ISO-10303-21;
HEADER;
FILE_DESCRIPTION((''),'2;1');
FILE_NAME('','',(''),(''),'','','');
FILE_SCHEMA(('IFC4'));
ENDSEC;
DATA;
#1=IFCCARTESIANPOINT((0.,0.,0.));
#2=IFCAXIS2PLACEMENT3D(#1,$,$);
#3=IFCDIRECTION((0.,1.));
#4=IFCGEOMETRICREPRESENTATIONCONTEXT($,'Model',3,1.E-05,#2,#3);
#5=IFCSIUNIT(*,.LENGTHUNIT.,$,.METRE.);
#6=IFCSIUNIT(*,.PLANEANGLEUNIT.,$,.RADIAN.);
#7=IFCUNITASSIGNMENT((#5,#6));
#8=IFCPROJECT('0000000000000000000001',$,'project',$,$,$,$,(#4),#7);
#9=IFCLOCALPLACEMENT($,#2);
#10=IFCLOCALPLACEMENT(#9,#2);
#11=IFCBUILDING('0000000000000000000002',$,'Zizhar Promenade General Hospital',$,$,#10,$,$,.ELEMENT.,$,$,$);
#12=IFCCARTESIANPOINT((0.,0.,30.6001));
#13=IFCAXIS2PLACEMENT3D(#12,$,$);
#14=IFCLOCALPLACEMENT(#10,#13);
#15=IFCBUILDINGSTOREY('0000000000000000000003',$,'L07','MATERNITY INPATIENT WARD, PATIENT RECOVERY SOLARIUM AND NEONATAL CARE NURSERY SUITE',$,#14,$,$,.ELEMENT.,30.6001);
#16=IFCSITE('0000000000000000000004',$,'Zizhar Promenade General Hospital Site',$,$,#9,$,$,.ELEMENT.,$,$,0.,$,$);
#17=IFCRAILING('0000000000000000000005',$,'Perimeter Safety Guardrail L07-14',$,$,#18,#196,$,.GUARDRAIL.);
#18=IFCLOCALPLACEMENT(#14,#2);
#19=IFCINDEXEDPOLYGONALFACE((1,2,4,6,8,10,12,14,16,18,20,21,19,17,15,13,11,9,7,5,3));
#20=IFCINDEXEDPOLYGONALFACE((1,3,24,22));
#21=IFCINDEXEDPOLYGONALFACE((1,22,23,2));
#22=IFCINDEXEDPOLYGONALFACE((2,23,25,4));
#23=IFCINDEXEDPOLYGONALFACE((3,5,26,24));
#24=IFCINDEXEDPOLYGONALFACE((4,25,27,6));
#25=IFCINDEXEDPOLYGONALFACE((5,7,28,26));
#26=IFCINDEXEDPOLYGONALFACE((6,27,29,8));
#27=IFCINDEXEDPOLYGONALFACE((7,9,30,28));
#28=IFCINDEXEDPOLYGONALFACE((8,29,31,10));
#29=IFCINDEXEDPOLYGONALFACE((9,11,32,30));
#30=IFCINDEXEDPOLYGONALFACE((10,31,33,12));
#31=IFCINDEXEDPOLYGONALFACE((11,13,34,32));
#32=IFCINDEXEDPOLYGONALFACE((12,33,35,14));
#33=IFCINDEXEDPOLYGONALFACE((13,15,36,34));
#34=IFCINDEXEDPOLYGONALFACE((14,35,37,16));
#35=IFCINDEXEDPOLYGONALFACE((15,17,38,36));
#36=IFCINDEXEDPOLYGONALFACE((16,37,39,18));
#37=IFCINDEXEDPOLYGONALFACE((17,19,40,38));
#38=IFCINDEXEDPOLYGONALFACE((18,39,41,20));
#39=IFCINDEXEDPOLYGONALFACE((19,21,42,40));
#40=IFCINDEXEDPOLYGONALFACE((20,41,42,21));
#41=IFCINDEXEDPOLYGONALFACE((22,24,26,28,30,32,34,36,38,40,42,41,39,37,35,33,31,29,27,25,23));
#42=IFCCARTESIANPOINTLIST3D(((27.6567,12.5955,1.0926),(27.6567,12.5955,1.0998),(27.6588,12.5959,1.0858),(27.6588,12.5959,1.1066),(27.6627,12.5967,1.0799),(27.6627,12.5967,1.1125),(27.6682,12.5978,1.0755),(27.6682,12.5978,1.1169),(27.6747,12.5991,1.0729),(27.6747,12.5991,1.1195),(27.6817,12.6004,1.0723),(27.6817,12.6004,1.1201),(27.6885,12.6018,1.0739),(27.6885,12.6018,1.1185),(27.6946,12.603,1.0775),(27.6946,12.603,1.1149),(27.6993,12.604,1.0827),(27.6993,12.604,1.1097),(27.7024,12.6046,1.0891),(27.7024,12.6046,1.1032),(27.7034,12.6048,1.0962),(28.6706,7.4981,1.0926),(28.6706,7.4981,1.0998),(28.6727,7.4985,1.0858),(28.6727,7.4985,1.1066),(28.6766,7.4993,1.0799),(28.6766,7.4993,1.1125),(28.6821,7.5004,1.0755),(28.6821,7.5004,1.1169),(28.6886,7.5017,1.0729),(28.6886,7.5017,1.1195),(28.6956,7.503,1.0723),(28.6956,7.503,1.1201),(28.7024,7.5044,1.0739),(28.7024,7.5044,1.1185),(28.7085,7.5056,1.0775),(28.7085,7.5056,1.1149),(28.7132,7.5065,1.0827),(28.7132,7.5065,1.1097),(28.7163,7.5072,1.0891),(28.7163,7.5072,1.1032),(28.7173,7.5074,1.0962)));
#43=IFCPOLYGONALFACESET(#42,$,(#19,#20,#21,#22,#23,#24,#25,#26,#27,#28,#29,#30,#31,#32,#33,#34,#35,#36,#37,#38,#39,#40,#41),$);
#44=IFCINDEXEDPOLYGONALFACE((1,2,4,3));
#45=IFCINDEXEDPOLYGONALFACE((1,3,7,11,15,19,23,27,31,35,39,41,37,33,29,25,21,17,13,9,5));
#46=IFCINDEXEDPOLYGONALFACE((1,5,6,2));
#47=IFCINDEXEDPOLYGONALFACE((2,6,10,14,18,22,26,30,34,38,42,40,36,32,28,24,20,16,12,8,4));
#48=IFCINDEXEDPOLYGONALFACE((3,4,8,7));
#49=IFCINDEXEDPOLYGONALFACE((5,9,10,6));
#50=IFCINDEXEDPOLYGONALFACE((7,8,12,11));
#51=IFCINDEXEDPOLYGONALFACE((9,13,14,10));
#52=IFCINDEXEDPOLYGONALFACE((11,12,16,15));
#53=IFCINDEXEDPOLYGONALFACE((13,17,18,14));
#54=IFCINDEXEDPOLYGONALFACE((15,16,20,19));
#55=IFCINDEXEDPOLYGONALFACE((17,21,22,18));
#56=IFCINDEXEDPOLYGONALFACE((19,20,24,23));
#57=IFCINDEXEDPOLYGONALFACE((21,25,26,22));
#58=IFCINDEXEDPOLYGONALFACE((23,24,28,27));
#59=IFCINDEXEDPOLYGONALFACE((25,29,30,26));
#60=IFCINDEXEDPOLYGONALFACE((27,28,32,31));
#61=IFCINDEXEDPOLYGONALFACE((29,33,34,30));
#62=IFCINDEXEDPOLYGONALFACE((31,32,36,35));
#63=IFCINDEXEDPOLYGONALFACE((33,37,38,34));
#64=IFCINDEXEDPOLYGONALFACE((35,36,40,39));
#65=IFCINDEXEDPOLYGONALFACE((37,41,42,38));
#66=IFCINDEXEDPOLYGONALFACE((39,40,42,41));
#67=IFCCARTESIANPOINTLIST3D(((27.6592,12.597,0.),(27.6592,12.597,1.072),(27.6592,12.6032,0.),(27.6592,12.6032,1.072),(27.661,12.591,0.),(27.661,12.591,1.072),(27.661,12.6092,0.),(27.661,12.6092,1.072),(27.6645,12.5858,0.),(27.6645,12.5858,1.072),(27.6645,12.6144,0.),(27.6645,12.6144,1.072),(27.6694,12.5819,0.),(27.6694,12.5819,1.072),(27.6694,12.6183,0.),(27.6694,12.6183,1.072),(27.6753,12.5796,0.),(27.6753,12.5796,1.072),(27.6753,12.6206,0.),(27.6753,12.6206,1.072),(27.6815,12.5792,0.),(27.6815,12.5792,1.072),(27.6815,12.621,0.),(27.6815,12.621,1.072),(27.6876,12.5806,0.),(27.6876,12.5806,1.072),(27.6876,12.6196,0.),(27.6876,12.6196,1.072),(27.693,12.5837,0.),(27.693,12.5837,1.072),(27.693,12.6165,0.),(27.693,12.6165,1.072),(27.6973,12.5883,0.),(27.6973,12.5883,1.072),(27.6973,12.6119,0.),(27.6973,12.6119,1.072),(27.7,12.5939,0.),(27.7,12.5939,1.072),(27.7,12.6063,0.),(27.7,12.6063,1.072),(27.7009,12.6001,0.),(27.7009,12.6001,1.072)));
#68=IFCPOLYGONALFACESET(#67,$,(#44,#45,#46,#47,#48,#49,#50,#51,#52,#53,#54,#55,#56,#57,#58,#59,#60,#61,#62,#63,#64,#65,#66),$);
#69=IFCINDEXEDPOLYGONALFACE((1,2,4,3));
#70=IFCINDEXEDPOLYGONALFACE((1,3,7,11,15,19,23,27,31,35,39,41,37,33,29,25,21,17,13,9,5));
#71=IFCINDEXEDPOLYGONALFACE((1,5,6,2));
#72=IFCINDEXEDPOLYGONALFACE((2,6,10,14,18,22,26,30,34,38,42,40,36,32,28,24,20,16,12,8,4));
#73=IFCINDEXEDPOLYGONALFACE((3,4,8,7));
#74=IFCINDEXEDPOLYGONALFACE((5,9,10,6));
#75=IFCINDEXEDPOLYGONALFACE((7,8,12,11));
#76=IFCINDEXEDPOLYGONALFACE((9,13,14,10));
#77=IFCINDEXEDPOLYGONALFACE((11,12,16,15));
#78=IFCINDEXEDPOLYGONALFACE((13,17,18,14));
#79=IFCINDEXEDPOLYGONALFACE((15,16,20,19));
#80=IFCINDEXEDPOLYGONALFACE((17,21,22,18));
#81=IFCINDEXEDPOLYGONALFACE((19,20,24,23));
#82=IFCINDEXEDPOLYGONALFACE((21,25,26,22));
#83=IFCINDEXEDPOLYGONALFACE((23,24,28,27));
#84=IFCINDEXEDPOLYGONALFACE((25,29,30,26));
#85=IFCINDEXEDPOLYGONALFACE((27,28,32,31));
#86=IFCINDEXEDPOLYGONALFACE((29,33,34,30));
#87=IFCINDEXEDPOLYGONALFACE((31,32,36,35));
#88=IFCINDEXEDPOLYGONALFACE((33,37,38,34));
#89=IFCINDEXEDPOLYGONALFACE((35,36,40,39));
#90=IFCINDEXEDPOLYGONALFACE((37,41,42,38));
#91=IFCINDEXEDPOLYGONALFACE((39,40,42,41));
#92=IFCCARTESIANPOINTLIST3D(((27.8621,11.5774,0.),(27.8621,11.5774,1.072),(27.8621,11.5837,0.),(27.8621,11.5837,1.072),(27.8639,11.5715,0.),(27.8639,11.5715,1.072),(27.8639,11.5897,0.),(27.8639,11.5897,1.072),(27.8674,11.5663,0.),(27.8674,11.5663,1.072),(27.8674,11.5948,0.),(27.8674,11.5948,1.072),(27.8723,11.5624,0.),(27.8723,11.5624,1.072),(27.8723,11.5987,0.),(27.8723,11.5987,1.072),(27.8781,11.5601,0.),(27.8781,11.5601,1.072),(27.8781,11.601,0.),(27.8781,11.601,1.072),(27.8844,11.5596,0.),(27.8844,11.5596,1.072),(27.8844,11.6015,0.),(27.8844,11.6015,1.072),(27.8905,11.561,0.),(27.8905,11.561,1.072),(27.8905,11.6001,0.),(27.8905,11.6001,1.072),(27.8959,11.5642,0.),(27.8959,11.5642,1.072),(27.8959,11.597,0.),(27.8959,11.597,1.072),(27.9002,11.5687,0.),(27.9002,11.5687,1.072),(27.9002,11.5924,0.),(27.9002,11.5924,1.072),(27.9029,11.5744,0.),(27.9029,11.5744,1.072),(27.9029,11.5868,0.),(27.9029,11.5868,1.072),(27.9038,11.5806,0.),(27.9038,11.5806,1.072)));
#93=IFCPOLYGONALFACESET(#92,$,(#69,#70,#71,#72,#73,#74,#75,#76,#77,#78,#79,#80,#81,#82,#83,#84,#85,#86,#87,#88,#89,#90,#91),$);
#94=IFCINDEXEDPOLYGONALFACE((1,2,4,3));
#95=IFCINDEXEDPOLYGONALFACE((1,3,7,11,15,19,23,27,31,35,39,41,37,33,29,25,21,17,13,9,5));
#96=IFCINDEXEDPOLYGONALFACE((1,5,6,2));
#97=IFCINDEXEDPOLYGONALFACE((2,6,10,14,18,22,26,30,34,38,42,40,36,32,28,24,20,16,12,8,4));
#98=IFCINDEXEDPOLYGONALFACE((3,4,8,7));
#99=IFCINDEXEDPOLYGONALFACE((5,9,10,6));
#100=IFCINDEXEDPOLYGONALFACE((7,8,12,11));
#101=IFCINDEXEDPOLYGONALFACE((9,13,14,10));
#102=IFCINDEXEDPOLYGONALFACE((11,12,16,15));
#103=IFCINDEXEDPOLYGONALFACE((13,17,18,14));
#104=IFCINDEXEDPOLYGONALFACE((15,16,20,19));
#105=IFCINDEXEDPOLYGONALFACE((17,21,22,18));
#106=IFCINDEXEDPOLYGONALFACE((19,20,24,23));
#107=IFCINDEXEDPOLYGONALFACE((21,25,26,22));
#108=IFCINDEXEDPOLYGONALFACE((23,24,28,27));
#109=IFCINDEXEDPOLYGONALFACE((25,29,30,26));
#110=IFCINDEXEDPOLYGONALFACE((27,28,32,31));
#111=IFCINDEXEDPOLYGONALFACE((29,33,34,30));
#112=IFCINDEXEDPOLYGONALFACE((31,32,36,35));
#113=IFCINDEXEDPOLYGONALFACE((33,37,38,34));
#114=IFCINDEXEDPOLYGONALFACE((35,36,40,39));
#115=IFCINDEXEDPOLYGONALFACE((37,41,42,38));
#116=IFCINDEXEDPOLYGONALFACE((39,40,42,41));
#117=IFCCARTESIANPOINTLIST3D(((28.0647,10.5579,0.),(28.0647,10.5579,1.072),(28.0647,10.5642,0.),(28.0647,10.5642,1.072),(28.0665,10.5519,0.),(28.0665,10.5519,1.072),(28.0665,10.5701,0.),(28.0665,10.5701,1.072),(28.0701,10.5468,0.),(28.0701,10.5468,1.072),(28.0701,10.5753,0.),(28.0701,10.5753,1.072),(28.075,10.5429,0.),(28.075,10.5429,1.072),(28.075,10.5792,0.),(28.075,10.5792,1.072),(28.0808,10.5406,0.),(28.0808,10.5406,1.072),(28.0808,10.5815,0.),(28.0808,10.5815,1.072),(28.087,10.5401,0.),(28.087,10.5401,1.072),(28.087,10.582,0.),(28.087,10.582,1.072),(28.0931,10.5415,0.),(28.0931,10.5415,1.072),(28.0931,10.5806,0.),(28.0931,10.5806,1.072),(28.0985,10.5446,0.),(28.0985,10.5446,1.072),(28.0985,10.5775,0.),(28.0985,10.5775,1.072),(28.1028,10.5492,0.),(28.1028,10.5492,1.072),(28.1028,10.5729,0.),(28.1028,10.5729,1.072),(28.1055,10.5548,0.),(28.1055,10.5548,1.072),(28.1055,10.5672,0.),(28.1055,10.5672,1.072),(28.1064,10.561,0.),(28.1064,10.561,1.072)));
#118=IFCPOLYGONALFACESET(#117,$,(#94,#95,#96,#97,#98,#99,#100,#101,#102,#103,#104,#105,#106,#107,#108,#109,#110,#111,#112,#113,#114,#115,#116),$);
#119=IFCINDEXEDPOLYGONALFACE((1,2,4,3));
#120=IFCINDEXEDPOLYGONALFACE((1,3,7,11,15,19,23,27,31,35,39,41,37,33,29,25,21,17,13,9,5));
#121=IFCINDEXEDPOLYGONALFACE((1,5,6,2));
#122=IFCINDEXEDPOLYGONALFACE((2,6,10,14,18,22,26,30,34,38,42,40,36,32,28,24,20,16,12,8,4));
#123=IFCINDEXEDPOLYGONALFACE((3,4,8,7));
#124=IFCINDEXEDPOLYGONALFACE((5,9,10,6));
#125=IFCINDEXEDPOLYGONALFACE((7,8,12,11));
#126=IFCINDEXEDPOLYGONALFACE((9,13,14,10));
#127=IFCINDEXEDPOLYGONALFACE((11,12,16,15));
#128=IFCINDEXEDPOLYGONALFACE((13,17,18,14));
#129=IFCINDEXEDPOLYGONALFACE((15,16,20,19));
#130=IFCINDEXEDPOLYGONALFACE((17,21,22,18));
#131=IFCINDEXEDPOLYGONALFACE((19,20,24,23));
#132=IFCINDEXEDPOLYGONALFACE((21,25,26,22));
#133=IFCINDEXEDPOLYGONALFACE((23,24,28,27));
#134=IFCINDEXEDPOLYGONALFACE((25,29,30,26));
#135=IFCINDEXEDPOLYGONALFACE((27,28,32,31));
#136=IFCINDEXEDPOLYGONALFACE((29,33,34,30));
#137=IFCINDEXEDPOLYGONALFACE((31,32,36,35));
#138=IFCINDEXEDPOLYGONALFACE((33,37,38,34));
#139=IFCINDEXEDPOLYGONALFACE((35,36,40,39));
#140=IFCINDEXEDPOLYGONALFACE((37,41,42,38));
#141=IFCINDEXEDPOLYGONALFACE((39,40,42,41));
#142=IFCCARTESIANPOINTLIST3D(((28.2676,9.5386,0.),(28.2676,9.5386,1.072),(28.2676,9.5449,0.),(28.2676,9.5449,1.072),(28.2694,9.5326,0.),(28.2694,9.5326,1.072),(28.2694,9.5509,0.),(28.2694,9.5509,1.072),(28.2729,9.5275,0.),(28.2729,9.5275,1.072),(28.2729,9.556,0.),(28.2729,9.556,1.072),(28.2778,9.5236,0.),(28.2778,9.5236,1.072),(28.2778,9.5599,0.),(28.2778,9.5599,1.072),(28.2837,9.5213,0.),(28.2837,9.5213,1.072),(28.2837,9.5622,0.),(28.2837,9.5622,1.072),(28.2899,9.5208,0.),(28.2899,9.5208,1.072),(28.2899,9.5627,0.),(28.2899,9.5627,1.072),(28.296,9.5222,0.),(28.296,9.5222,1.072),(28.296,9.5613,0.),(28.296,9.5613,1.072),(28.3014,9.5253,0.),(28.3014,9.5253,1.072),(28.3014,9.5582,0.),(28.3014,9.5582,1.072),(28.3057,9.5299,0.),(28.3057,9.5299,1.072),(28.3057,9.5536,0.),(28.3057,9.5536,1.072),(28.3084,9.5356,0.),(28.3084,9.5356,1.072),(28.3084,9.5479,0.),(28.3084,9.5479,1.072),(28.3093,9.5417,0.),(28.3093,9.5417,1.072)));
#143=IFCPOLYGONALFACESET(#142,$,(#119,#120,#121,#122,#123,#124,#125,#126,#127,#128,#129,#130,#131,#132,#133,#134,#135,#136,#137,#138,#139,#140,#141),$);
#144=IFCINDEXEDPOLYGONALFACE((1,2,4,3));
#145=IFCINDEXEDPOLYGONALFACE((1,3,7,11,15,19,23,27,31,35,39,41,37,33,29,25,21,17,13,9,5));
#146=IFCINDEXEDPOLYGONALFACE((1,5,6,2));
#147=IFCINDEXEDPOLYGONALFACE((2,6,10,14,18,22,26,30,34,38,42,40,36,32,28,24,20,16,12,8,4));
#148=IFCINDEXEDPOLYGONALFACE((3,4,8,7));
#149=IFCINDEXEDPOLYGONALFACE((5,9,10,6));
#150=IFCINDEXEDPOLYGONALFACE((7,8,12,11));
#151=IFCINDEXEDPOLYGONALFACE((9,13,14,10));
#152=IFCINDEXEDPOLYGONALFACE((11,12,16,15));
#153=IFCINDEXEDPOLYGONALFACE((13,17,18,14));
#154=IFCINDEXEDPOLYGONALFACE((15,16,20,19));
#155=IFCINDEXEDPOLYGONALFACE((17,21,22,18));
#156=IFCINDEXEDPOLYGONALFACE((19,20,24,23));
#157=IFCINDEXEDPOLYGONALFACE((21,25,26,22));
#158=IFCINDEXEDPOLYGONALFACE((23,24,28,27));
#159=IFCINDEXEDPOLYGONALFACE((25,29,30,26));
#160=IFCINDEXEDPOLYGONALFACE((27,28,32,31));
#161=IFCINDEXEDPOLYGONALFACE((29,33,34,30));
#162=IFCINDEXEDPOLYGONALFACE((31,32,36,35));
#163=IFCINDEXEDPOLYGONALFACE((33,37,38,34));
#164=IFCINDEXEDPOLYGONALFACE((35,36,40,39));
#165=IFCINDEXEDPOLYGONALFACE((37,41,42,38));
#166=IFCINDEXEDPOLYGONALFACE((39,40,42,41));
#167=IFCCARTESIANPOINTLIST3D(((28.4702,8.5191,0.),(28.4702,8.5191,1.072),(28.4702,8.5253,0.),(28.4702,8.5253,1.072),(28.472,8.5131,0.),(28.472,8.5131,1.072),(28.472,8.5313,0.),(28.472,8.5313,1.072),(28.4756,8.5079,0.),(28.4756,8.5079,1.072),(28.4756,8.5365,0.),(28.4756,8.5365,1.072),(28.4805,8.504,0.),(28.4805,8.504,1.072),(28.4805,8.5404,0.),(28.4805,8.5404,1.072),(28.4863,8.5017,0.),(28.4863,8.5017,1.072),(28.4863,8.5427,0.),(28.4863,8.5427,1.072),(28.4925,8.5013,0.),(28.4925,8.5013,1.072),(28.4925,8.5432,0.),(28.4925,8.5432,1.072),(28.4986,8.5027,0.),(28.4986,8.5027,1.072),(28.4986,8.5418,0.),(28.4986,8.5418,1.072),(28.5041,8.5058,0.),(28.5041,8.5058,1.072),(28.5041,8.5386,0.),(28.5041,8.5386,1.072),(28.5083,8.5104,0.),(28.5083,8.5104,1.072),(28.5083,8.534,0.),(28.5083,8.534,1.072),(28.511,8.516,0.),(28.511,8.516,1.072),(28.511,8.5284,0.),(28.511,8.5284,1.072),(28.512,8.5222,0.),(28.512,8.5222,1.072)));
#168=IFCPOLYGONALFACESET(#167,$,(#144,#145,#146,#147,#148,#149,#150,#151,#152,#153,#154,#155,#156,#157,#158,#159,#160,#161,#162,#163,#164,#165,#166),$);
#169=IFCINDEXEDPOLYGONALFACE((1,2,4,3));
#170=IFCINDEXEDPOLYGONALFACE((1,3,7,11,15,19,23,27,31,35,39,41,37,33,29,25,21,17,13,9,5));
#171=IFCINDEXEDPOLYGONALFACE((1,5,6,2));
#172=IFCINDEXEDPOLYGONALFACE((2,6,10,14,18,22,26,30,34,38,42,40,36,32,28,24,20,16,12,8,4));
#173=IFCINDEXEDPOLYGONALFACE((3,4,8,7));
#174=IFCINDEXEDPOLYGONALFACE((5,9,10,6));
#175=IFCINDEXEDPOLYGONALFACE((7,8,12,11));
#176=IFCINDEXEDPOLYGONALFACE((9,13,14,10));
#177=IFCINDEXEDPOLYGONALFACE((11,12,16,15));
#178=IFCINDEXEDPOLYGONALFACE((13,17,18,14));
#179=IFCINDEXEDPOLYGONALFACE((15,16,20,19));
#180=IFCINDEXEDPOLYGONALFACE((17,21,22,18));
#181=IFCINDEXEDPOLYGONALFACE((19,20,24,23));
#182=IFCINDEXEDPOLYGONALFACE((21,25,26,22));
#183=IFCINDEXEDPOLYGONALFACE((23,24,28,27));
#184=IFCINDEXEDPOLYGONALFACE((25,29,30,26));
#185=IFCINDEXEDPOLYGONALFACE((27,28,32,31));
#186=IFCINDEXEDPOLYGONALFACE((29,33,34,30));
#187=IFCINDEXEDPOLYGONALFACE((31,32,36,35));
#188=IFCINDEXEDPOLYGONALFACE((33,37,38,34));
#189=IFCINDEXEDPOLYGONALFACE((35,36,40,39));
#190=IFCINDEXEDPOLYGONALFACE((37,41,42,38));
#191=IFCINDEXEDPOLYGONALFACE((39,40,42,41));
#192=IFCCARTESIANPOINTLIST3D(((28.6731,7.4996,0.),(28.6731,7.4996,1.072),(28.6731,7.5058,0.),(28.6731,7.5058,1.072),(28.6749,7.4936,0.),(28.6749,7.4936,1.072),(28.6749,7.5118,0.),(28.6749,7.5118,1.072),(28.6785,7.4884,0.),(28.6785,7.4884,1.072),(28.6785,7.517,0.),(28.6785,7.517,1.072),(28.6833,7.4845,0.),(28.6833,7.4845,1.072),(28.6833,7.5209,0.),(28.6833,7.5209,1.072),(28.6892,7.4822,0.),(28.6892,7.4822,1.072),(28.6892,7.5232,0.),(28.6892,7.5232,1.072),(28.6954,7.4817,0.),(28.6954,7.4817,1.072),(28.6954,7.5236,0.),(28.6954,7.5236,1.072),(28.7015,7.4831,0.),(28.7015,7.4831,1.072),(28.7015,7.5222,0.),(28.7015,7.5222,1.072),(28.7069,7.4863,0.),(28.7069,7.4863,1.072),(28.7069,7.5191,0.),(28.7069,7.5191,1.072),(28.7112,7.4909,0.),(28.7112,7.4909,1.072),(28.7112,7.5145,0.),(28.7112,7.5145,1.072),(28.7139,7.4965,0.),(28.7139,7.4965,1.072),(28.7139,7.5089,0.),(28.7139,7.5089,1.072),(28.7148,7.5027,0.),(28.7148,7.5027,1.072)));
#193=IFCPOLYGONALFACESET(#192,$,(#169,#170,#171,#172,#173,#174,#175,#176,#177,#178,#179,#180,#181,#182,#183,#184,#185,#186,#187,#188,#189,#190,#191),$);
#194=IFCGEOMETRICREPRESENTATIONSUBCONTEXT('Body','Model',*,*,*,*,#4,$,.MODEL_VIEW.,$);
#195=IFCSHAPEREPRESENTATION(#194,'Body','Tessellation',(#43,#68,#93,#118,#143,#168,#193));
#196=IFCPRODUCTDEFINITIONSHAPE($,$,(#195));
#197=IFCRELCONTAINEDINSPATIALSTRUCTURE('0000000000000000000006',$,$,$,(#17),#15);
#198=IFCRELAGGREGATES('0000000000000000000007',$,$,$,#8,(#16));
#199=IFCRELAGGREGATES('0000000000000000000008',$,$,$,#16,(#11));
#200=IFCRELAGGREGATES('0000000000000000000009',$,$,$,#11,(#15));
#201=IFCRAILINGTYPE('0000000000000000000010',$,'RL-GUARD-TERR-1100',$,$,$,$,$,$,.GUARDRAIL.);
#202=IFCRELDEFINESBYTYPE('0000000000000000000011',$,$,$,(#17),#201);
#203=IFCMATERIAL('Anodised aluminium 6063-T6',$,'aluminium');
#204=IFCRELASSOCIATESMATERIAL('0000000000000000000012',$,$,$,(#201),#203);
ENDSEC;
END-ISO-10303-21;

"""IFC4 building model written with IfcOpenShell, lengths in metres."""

from ifc_helpers import new_model, si_unit, direction, frame, origin, origin_2d, place, context, subcontext, project, spatial, circle, hollow_circle, extrude, material, material_profile, profile_set, type_object, element, save


model = new_model("IFC4")

# Units and contexts
model_context = context("Model", 3, precision=1e-05, world=origin(), true_north=direction((0.0, 1.0)))
body_context = subcontext(model_context, "Body", "Model", "MODEL_VIEW")
ifc_project = project(units=[si_unit("LENGTHUNIT", "METRE"), si_unit("PLANEANGLEUNIT", "RADIAN")], contexts=[model_context])

# Site, building, storey
site_placement = place(None, origin())
site = spatial("IfcSite", under=ifc_project, at=site_placement, Name="Zizhar Promenade General Hospital Site", CompositionType="ELEMENT", RefElevation=0.0)
building_placement = place(site_placement, origin())
building = spatial("IfcBuilding", under=site, at=building_placement, Name="Zizhar Promenade General Hospital", CompositionType="ELEMENT")
storey_placement = place(building_placement, frame((0.0, 0.0, 30.6001)))
storey = spatial("IfcBuildingStorey", under=building, at=storey_placement, Name="L07", Description="MATERNITY INPATIENT WARD, PATIENT RECOVERY SOLARIUM AND NEONATAL CARE NURSERY SUITE", CompositionType="ELEMENT", Elevation=30.6001)

# Railing
ifc_material_1 = material(Name="Anodised aluminium 6063-T6", Category="aluminium")
ifc_material_profile_1 = material_profile(ifc_material_1, hollow_circle(Radius=0.0698, WallThickness=0.0063, at=origin_2d()))
ifc_profile_set_1 = profile_set([ifc_material_profile_1], Name="Anodised aluminium 6063-T6")
railing_type = type_object("IfcRailingType", Name="RL-GUARD-TERR-1100", PredefinedType="GUARDRAIL", material=ifc_profile_set_1)
railing_1_placement = place(storey_placement, frame((27.6799, 12.6001, 0.0)))
element("IfcRailing", 1, at=railing_1_placement, inside=storey, type_object=railing_type, Name="Perimeter Safety Guardrail L07-14", PredefinedType="GUARDRAIL", context=body_context, shape_type="SweptSolid", body=[
    extrude(circle(Radius=0.0239, at=origin_2d()), frame((0.0, 0.0, 1.0962), z_axis=(0.195086, -0.980786, 0.0), x_axis=(0.980786, 0.195086, 0.0)), (0.0, 0.0, 1.0), 5.1973),
    extrude(circle(Radius=0.021, at=origin_2d()), origin(), (0.0, 0.0, 1.0), 1.072),
    extrude(circle(Radius=0.021, at=origin_2d()), frame((0.2029, -1.0195, 0.0)), (0.0, 0.0, 1.0), 1.072),
    extrude(circle(Radius=0.021, at=origin_2d()), frame((0.4055, -2.0391, 0.0)), (0.0, 0.0, 1.0), 1.072),
    extrude(circle(Radius=0.021, at=origin_2d()), frame((0.6084, -3.0583, 0.0)), (0.0, 0.0, 1.0), 1.072),
    extrude(circle(Radius=0.021, at=origin_2d()), frame((0.811, -4.0779, 0.0)), (0.0, 0.0, 1.0), 1.072),
    extrude(circle(Radius=0.021, at=origin_2d()), frame((1.0139, -5.0974, 0.0)), (0.0, 0.0, 1.0), 1.072),
])

save(model, "model.ifc")
